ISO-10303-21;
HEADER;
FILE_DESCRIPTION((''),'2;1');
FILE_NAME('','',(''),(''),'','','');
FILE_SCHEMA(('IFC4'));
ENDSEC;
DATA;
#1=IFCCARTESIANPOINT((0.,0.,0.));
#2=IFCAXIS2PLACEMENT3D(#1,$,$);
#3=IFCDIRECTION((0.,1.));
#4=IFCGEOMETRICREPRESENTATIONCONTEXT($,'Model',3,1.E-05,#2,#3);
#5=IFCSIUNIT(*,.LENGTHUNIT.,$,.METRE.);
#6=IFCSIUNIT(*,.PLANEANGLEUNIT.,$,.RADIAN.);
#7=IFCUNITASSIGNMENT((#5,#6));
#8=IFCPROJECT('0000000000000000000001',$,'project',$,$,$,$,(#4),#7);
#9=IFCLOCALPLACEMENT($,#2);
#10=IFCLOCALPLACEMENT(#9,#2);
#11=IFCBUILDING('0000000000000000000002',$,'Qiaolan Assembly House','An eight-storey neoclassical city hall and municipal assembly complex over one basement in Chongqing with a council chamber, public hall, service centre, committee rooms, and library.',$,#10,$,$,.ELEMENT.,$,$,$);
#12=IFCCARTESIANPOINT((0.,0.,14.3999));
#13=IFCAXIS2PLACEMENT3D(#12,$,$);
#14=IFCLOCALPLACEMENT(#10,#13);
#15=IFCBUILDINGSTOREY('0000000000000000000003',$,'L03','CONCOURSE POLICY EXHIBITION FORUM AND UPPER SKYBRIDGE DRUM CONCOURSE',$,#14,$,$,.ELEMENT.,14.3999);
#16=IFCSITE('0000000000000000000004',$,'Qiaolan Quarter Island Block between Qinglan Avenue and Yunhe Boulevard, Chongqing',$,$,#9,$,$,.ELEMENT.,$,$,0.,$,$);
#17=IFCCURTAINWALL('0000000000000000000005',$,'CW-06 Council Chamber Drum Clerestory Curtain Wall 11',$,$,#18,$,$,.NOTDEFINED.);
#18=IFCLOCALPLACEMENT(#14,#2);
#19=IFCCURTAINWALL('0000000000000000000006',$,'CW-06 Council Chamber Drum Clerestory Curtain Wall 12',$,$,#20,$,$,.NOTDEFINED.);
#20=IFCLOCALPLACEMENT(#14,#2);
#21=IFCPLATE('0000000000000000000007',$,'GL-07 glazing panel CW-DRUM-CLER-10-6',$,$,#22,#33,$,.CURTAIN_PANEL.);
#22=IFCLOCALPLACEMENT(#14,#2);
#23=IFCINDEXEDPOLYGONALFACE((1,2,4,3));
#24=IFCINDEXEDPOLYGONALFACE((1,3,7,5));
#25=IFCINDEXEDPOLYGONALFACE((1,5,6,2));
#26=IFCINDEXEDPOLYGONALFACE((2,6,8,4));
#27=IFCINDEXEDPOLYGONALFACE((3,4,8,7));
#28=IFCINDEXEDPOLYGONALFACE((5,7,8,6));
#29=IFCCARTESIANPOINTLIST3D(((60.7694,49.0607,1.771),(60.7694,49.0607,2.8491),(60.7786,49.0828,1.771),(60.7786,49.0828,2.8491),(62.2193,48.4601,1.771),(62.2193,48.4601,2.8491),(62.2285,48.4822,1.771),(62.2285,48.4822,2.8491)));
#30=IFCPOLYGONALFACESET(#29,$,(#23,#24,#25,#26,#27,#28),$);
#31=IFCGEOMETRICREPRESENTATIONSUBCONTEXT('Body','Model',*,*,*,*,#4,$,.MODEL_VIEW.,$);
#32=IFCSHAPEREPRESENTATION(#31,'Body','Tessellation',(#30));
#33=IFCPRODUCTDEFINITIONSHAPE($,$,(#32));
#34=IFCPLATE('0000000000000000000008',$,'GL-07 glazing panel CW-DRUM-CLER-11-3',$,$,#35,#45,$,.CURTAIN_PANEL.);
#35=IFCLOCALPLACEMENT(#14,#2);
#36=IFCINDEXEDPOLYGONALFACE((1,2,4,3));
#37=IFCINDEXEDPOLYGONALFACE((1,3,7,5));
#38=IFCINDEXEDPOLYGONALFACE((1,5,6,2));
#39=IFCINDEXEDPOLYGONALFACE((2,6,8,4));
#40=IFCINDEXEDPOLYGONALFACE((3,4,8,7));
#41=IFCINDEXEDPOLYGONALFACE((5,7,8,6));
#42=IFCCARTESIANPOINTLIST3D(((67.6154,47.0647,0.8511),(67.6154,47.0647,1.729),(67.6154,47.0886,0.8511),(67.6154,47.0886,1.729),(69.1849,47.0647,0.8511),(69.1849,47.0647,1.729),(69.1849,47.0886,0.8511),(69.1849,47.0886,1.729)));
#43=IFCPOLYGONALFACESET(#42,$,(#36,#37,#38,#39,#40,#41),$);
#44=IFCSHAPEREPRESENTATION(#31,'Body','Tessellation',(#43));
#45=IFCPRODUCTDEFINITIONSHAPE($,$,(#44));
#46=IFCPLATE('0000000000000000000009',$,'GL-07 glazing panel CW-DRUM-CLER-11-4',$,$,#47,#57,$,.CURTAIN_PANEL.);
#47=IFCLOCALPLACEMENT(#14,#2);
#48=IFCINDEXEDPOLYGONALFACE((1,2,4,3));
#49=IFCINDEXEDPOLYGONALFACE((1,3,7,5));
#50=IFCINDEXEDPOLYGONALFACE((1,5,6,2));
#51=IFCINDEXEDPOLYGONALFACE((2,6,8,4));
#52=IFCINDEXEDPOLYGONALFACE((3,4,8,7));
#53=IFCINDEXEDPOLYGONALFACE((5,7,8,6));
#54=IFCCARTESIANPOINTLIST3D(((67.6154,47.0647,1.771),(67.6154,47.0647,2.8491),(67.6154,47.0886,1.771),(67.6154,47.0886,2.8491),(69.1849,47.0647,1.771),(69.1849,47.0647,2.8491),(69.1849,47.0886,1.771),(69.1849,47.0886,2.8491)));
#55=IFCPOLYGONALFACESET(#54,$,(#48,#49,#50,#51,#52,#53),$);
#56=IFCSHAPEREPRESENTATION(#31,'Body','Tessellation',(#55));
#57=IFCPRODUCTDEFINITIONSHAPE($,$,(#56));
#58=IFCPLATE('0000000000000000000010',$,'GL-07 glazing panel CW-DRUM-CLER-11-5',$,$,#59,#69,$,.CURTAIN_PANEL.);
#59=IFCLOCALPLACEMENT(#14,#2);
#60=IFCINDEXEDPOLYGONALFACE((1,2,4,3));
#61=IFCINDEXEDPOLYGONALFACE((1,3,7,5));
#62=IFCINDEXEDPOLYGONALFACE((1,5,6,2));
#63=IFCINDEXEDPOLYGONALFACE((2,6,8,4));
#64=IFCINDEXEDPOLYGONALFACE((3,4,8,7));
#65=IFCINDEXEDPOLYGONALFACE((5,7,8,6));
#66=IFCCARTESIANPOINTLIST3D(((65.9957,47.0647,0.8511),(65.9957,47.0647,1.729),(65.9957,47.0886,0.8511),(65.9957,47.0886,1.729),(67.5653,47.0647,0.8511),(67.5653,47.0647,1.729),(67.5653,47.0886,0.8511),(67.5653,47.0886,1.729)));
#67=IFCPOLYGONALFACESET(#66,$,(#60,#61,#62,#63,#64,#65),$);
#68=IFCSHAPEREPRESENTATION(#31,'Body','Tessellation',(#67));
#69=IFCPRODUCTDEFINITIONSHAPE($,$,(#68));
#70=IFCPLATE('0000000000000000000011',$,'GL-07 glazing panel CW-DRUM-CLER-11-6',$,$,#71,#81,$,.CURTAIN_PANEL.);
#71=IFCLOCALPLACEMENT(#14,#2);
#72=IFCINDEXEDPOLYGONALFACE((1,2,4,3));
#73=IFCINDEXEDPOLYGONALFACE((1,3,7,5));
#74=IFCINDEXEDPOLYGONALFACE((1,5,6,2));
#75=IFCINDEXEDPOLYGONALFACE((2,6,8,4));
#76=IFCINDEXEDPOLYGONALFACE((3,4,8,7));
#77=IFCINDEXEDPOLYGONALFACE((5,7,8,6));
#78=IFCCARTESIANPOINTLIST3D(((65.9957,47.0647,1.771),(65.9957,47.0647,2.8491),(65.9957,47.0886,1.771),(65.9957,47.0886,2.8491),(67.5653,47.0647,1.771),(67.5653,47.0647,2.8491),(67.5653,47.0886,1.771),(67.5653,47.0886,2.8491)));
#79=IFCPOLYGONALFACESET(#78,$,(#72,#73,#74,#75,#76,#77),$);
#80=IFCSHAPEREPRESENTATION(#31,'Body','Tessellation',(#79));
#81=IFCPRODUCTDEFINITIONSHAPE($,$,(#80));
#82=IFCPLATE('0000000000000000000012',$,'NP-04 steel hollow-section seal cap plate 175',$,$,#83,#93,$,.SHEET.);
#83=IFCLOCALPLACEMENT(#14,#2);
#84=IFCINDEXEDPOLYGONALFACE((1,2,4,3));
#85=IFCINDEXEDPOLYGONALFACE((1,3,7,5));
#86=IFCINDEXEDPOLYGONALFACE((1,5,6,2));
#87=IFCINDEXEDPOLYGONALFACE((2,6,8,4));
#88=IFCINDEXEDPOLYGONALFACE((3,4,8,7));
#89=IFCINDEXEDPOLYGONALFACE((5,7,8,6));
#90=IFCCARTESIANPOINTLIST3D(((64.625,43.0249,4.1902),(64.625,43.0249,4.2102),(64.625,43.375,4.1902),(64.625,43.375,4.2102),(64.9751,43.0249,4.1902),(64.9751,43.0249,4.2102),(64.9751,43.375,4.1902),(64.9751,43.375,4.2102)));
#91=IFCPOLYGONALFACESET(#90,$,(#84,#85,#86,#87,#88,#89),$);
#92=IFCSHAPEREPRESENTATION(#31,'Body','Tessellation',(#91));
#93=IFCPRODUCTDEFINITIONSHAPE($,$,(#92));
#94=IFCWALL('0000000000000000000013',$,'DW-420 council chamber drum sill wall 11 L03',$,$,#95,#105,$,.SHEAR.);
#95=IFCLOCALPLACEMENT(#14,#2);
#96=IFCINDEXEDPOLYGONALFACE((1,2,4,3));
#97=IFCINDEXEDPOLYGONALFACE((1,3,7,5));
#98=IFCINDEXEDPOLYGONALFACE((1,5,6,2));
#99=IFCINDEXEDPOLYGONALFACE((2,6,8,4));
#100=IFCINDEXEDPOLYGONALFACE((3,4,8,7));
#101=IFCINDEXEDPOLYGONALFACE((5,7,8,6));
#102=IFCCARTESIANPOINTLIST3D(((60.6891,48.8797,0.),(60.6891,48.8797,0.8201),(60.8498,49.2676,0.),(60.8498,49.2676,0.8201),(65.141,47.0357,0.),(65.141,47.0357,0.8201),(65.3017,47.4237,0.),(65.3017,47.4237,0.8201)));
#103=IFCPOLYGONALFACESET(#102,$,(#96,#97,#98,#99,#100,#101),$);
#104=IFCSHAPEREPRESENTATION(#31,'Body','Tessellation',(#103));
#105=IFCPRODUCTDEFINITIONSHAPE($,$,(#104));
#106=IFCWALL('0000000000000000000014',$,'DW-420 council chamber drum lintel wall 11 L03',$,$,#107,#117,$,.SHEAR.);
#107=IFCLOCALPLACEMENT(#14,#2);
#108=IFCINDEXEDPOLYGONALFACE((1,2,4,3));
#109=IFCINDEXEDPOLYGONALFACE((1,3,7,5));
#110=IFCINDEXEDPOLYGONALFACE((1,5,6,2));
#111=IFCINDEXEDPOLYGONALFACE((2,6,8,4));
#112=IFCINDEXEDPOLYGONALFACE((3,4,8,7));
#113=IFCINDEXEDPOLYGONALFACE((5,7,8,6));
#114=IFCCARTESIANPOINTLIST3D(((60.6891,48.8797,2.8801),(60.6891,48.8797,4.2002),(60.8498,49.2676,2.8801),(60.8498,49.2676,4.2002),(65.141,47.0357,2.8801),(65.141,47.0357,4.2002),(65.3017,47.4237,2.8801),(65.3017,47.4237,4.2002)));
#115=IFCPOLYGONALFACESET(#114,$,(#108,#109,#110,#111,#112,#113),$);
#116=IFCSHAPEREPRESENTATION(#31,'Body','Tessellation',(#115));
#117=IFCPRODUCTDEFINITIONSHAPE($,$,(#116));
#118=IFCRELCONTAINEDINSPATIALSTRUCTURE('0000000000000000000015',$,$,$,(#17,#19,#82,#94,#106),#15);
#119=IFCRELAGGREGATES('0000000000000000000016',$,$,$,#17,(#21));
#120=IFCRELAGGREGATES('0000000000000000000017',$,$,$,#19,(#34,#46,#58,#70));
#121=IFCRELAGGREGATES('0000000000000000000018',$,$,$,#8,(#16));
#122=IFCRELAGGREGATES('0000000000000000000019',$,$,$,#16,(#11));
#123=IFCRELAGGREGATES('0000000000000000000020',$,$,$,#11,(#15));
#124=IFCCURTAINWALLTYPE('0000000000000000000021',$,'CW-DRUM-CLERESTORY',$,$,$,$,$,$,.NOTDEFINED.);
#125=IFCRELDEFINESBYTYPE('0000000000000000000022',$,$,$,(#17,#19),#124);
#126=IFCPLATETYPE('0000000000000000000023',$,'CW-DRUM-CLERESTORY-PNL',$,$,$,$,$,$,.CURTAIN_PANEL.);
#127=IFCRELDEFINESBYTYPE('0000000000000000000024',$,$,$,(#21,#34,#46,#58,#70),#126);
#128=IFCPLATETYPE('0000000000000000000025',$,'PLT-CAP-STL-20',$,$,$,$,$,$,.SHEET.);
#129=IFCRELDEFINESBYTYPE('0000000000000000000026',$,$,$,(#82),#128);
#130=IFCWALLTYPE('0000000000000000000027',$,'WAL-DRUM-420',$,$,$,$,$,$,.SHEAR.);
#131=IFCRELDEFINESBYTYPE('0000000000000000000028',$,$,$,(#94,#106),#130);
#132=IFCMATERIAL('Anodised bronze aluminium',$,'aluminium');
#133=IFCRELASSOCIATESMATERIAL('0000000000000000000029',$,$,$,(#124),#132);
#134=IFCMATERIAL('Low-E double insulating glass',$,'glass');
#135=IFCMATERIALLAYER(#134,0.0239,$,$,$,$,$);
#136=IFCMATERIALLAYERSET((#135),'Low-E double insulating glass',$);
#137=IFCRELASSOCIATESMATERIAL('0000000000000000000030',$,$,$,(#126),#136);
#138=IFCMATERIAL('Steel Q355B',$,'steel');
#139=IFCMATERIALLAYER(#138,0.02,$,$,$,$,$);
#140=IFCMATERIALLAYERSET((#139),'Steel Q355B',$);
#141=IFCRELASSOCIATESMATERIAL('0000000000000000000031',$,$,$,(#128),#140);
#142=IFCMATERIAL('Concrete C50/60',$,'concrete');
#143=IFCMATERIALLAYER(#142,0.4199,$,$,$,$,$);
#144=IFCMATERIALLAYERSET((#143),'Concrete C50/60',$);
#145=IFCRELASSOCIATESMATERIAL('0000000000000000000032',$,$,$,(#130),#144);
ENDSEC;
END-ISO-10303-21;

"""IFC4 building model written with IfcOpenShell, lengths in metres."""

from ifc_helpers import new_model, si_unit, direction, frame, frame_2d, origin, origin_2d, place, context, subcontext, project, spatial, rectangle, extrude, material, layer, layer_set, type_object, element, aggregate, save


model = new_model("IFC4")

# Units and contexts
model_context = context("Model", 3, precision=1e-05, world=origin(), true_north=direction((0.0, 1.0)))
body_context = subcontext(model_context, "Body", "Model", "MODEL_VIEW")
ifc_project = project(units=[si_unit("LENGTHUNIT", "METRE"), si_unit("PLANEANGLEUNIT", "RADIAN")], contexts=[model_context])

# Site, building, storey
site_placement = place(None, origin())
site = spatial("IfcSite", under=ifc_project, at=site_placement, Name="Qiaolan Quarter Island Block between Qinglan Avenue and Yunhe Boulevard, Chongqing", CompositionType="ELEMENT", RefElevation=0.0)
building_placement = place(site_placement, origin())
building = spatial("IfcBuilding", under=site, at=building_placement, Name="Qiaolan Assembly House", Description="An eight-storey neoclassical city hall and municipal assembly complex over one basement in Chongqing with a council chamber, public hall, service centre, committee rooms, and library.", CompositionType="ELEMENT")
storey_placement = place(building_placement, frame((0.0, 0.0, 14.3999)))
storey = spatial("IfcBuildingStorey", under=building, at=storey_placement, Name="L03", Description="CONCOURSE POLICY EXHIBITION FORUM AND UPPER SKYBRIDGE DRUM CONCOURSE", CompositionType="ELEMENT", Elevation=14.3999)

# Shared definitions
ifc_material_1 = material(Name="Steel Q355B", Category="steel")

# Curtain walls
ifc_material_2 = material(Name="Anodised bronze aluminium", Category="aluminium")
curtain_wall_type = type_object("IfcCurtainWallType", Name="CW-DRUM-CLERESTORY", PredefinedType="NOTDEFINED", material=ifc_material_2)
curtain_wall_1_placement = place(storey_placement, origin())
curtain_wall_1 = element("IfcCurtainWall", 1, at=curtain_wall_1_placement, inside=storey, type_object=curtain_wall_type, Name="CW-06 Council Chamber Drum Clerestory Curtain Wall 11", PredefinedType="NOTDEFINED")
curtain_wall_2_placement = place(storey_placement, origin())
curtain_wall_2 = element("IfcCurtainWall", 2, at=curtain_wall_2_placement, inside=storey, type_object=curtain_wall_type, Name="CW-06 Council Chamber Drum Clerestory Curtain Wall 12", PredefinedType="NOTDEFINED")

# Plates
ifc_material_3 = material(Name="Low-E double insulating glass", Category="glass")
ifc_layer_1 = layer(ifc_material_3, 0.0239)
ifc_layer_set_1 = layer_set([ifc_layer_1], Name="Low-E double insulating glass")
plate_type_1 = type_object("IfcPlateType", Name="CW-DRUM-CLERESTORY-PNL", PredefinedType="CURTAIN_PANEL", material=ifc_layer_set_1)
plate_1_placement = place(storey_placement, frame((62.2239, 48.4712, 1.771), z_axis=(0.0, 0.0, 1.0), x_axis=(-0.92388, 0.382682, 0.0)))
plate_1 = element("IfcPlate", 3, at=plate_1_placement, type_object=plate_type_1, Name="GL-07 glazing panel CW-DRUM-CLER-10-6", PredefinedType="CURTAIN_PANEL", context=body_context, shape_type="SweptSolid", body=[
    extrude(rectangle(XDim=1.5693, YDim=0.0239, at=frame_2d((0.7847, 0.0))), origin(), (0.0, 0.0, 1.0), 1.0781),
])
aggregate(curtain_wall_1, [plate_1])
plate_2_placement = place(storey_placement, frame((69.1848, 47.0767, 0.8511), z_axis=(0.0, 0.0, 1.0), x_axis=(-1.0, 0.0, 0.0)))
plate_2 = element("IfcPlate", 4, at=plate_2_placement, type_object=plate_type_1, Name="GL-07 glazing panel CW-DRUM-CLER-11-3", PredefinedType="CURTAIN_PANEL", context=body_context, shape_type="SweptSolid", body=[
    extrude(rectangle(XDim=1.5696, YDim=0.0239, at=frame_2d((0.7847, 0.0))), origin(), (0.0, 0.0, 1.0), 0.8779),
])
plate_3_placement = place(storey_placement, frame((69.1848, 47.0767, 1.771), z_axis=(0.0, 0.0, 1.0), x_axis=(-1.0, 0.0, 0.0)))
plate_3 = element("IfcPlate", 5, at=plate_3_placement, type_object=plate_type_1, Name="GL-07 glazing panel CW-DRUM-CLER-11-4", PredefinedType="CURTAIN_PANEL", context=body_context, shape_type="SweptSolid", body=[
    extrude(rectangle(XDim=1.5696, YDim=0.0239, at=frame_2d((0.7847, 0.0))), origin(), (0.0, 0.0, 1.0), 1.0781),
])
plate_4_placement = place(storey_placement, frame((67.5652, 47.0767, 0.8511), z_axis=(0.0, 0.0, 1.0), x_axis=(-1.0, 0.0, 0.0)))
plate_4 = element("IfcPlate", 6, at=plate_4_placement, type_object=plate_type_1, Name="GL-07 glazing panel CW-DRUM-CLER-11-5", PredefinedType="CURTAIN_PANEL", context=body_context, shape_type="SweptSolid", body=[
    extrude(rectangle(XDim=1.5696, YDim=0.0239, at=frame_2d((0.7847, 0.0))), origin(), (0.0, 0.0, 1.0), 0.8779),
])
plate_5_placement = place(storey_placement, frame((67.5652, 47.0767, 1.771), z_axis=(0.0, 0.0, 1.0), x_axis=(-1.0, 0.0, 0.0)))
plate_5 = element("IfcPlate", 7, at=plate_5_placement, type_object=plate_type_1, Name="GL-07 glazing panel CW-DRUM-CLER-11-6", PredefinedType="CURTAIN_PANEL", context=body_context, shape_type="SweptSolid", body=[
    extrude(rectangle(XDim=1.5696, YDim=0.0239, at=frame_2d((0.7847, 0.0))), origin(), (0.0, 0.0, 1.0), 1.0781),
])
aggregate(curtain_wall_2, [plate_2, plate_3, plate_4, plate_5])
ifc_layer_2 = layer(ifc_material_1, 0.02)
ifc_layer_set_2 = layer_set([ifc_layer_2], Name="Steel Q355B")
plate_type_2 = type_object("IfcPlateType", Name="PLT-CAP-STL-20", PredefinedType="SHEET", material=ifc_layer_set_2)
plate_6_placement = place(storey_placement, frame((64.8, 43.2, 4.1902), z_axis=(0.0, 0.0, 1.0), x_axis=(1.0, 0.0, 0.0)))
element("IfcPlate", 8, at=plate_6_placement, inside=storey, type_object=plate_type_2, Name="NP-04 steel hollow-section seal cap plate 175", PredefinedType="SHEET", context=body_context, shape_type="SweptSolid", body=[
    extrude(rectangle(XDim=0.3501, YDim=0.3501, at=origin_2d()), origin(), (0.0, 0.0, 1.0), 0.02),
])

# Walls
ifc_material_4 = material(Name="Concrete C50/60", Category="concrete")
ifc_layer_3 = layer(ifc_material_4, 0.4199)
ifc_layer_set_3 = layer_set([ifc_layer_3], Name="Concrete C50/60")
wall_type = type_object("IfcWallType", Name="WAL-DRUM-420", PredefinedType="SHEAR", material=ifc_layer_set_3)
wall_1_placement = place(storey_placement, frame((65.2212, 47.2297, 0.0), z_axis=(0.0, 0.0, 1.0), x_axis=(-0.923883, 0.382675, 0.0)))
element("IfcWall", 9, at=wall_1_placement, inside=storey, type_object=wall_type, Name="DW-420 council chamber drum sill wall 11 L03", PredefinedType="SHEAR", context=body_context, shape_type="SweptSolid", body=[
    extrude(rectangle(XDim=4.8186, YDim=0.4199, at=frame_2d((2.4092, 0.0))), origin(), (0.0, 0.0, 1.0), 0.8201),
])
wall_2_placement = place(storey_placement, frame((65.2212, 47.2297, 2.8801), z_axis=(0.0, 0.0, 1.0), x_axis=(-0.923883, 0.382675, 0.0)))
element("IfcWall", 10, at=wall_2_placement, inside=storey, type_object=wall_type, Name="DW-420 council chamber drum lintel wall 11 L03", PredefinedType="SHEAR", context=body_context, shape_type="SweptSolid", body=[
    extrude(rectangle(XDim=4.8186, YDim=0.4199, at=frame_2d((2.4092, 0.0))), origin(), (0.0, 0.0, 1.0), 1.3201),
])

save(model, "model.ifc")
